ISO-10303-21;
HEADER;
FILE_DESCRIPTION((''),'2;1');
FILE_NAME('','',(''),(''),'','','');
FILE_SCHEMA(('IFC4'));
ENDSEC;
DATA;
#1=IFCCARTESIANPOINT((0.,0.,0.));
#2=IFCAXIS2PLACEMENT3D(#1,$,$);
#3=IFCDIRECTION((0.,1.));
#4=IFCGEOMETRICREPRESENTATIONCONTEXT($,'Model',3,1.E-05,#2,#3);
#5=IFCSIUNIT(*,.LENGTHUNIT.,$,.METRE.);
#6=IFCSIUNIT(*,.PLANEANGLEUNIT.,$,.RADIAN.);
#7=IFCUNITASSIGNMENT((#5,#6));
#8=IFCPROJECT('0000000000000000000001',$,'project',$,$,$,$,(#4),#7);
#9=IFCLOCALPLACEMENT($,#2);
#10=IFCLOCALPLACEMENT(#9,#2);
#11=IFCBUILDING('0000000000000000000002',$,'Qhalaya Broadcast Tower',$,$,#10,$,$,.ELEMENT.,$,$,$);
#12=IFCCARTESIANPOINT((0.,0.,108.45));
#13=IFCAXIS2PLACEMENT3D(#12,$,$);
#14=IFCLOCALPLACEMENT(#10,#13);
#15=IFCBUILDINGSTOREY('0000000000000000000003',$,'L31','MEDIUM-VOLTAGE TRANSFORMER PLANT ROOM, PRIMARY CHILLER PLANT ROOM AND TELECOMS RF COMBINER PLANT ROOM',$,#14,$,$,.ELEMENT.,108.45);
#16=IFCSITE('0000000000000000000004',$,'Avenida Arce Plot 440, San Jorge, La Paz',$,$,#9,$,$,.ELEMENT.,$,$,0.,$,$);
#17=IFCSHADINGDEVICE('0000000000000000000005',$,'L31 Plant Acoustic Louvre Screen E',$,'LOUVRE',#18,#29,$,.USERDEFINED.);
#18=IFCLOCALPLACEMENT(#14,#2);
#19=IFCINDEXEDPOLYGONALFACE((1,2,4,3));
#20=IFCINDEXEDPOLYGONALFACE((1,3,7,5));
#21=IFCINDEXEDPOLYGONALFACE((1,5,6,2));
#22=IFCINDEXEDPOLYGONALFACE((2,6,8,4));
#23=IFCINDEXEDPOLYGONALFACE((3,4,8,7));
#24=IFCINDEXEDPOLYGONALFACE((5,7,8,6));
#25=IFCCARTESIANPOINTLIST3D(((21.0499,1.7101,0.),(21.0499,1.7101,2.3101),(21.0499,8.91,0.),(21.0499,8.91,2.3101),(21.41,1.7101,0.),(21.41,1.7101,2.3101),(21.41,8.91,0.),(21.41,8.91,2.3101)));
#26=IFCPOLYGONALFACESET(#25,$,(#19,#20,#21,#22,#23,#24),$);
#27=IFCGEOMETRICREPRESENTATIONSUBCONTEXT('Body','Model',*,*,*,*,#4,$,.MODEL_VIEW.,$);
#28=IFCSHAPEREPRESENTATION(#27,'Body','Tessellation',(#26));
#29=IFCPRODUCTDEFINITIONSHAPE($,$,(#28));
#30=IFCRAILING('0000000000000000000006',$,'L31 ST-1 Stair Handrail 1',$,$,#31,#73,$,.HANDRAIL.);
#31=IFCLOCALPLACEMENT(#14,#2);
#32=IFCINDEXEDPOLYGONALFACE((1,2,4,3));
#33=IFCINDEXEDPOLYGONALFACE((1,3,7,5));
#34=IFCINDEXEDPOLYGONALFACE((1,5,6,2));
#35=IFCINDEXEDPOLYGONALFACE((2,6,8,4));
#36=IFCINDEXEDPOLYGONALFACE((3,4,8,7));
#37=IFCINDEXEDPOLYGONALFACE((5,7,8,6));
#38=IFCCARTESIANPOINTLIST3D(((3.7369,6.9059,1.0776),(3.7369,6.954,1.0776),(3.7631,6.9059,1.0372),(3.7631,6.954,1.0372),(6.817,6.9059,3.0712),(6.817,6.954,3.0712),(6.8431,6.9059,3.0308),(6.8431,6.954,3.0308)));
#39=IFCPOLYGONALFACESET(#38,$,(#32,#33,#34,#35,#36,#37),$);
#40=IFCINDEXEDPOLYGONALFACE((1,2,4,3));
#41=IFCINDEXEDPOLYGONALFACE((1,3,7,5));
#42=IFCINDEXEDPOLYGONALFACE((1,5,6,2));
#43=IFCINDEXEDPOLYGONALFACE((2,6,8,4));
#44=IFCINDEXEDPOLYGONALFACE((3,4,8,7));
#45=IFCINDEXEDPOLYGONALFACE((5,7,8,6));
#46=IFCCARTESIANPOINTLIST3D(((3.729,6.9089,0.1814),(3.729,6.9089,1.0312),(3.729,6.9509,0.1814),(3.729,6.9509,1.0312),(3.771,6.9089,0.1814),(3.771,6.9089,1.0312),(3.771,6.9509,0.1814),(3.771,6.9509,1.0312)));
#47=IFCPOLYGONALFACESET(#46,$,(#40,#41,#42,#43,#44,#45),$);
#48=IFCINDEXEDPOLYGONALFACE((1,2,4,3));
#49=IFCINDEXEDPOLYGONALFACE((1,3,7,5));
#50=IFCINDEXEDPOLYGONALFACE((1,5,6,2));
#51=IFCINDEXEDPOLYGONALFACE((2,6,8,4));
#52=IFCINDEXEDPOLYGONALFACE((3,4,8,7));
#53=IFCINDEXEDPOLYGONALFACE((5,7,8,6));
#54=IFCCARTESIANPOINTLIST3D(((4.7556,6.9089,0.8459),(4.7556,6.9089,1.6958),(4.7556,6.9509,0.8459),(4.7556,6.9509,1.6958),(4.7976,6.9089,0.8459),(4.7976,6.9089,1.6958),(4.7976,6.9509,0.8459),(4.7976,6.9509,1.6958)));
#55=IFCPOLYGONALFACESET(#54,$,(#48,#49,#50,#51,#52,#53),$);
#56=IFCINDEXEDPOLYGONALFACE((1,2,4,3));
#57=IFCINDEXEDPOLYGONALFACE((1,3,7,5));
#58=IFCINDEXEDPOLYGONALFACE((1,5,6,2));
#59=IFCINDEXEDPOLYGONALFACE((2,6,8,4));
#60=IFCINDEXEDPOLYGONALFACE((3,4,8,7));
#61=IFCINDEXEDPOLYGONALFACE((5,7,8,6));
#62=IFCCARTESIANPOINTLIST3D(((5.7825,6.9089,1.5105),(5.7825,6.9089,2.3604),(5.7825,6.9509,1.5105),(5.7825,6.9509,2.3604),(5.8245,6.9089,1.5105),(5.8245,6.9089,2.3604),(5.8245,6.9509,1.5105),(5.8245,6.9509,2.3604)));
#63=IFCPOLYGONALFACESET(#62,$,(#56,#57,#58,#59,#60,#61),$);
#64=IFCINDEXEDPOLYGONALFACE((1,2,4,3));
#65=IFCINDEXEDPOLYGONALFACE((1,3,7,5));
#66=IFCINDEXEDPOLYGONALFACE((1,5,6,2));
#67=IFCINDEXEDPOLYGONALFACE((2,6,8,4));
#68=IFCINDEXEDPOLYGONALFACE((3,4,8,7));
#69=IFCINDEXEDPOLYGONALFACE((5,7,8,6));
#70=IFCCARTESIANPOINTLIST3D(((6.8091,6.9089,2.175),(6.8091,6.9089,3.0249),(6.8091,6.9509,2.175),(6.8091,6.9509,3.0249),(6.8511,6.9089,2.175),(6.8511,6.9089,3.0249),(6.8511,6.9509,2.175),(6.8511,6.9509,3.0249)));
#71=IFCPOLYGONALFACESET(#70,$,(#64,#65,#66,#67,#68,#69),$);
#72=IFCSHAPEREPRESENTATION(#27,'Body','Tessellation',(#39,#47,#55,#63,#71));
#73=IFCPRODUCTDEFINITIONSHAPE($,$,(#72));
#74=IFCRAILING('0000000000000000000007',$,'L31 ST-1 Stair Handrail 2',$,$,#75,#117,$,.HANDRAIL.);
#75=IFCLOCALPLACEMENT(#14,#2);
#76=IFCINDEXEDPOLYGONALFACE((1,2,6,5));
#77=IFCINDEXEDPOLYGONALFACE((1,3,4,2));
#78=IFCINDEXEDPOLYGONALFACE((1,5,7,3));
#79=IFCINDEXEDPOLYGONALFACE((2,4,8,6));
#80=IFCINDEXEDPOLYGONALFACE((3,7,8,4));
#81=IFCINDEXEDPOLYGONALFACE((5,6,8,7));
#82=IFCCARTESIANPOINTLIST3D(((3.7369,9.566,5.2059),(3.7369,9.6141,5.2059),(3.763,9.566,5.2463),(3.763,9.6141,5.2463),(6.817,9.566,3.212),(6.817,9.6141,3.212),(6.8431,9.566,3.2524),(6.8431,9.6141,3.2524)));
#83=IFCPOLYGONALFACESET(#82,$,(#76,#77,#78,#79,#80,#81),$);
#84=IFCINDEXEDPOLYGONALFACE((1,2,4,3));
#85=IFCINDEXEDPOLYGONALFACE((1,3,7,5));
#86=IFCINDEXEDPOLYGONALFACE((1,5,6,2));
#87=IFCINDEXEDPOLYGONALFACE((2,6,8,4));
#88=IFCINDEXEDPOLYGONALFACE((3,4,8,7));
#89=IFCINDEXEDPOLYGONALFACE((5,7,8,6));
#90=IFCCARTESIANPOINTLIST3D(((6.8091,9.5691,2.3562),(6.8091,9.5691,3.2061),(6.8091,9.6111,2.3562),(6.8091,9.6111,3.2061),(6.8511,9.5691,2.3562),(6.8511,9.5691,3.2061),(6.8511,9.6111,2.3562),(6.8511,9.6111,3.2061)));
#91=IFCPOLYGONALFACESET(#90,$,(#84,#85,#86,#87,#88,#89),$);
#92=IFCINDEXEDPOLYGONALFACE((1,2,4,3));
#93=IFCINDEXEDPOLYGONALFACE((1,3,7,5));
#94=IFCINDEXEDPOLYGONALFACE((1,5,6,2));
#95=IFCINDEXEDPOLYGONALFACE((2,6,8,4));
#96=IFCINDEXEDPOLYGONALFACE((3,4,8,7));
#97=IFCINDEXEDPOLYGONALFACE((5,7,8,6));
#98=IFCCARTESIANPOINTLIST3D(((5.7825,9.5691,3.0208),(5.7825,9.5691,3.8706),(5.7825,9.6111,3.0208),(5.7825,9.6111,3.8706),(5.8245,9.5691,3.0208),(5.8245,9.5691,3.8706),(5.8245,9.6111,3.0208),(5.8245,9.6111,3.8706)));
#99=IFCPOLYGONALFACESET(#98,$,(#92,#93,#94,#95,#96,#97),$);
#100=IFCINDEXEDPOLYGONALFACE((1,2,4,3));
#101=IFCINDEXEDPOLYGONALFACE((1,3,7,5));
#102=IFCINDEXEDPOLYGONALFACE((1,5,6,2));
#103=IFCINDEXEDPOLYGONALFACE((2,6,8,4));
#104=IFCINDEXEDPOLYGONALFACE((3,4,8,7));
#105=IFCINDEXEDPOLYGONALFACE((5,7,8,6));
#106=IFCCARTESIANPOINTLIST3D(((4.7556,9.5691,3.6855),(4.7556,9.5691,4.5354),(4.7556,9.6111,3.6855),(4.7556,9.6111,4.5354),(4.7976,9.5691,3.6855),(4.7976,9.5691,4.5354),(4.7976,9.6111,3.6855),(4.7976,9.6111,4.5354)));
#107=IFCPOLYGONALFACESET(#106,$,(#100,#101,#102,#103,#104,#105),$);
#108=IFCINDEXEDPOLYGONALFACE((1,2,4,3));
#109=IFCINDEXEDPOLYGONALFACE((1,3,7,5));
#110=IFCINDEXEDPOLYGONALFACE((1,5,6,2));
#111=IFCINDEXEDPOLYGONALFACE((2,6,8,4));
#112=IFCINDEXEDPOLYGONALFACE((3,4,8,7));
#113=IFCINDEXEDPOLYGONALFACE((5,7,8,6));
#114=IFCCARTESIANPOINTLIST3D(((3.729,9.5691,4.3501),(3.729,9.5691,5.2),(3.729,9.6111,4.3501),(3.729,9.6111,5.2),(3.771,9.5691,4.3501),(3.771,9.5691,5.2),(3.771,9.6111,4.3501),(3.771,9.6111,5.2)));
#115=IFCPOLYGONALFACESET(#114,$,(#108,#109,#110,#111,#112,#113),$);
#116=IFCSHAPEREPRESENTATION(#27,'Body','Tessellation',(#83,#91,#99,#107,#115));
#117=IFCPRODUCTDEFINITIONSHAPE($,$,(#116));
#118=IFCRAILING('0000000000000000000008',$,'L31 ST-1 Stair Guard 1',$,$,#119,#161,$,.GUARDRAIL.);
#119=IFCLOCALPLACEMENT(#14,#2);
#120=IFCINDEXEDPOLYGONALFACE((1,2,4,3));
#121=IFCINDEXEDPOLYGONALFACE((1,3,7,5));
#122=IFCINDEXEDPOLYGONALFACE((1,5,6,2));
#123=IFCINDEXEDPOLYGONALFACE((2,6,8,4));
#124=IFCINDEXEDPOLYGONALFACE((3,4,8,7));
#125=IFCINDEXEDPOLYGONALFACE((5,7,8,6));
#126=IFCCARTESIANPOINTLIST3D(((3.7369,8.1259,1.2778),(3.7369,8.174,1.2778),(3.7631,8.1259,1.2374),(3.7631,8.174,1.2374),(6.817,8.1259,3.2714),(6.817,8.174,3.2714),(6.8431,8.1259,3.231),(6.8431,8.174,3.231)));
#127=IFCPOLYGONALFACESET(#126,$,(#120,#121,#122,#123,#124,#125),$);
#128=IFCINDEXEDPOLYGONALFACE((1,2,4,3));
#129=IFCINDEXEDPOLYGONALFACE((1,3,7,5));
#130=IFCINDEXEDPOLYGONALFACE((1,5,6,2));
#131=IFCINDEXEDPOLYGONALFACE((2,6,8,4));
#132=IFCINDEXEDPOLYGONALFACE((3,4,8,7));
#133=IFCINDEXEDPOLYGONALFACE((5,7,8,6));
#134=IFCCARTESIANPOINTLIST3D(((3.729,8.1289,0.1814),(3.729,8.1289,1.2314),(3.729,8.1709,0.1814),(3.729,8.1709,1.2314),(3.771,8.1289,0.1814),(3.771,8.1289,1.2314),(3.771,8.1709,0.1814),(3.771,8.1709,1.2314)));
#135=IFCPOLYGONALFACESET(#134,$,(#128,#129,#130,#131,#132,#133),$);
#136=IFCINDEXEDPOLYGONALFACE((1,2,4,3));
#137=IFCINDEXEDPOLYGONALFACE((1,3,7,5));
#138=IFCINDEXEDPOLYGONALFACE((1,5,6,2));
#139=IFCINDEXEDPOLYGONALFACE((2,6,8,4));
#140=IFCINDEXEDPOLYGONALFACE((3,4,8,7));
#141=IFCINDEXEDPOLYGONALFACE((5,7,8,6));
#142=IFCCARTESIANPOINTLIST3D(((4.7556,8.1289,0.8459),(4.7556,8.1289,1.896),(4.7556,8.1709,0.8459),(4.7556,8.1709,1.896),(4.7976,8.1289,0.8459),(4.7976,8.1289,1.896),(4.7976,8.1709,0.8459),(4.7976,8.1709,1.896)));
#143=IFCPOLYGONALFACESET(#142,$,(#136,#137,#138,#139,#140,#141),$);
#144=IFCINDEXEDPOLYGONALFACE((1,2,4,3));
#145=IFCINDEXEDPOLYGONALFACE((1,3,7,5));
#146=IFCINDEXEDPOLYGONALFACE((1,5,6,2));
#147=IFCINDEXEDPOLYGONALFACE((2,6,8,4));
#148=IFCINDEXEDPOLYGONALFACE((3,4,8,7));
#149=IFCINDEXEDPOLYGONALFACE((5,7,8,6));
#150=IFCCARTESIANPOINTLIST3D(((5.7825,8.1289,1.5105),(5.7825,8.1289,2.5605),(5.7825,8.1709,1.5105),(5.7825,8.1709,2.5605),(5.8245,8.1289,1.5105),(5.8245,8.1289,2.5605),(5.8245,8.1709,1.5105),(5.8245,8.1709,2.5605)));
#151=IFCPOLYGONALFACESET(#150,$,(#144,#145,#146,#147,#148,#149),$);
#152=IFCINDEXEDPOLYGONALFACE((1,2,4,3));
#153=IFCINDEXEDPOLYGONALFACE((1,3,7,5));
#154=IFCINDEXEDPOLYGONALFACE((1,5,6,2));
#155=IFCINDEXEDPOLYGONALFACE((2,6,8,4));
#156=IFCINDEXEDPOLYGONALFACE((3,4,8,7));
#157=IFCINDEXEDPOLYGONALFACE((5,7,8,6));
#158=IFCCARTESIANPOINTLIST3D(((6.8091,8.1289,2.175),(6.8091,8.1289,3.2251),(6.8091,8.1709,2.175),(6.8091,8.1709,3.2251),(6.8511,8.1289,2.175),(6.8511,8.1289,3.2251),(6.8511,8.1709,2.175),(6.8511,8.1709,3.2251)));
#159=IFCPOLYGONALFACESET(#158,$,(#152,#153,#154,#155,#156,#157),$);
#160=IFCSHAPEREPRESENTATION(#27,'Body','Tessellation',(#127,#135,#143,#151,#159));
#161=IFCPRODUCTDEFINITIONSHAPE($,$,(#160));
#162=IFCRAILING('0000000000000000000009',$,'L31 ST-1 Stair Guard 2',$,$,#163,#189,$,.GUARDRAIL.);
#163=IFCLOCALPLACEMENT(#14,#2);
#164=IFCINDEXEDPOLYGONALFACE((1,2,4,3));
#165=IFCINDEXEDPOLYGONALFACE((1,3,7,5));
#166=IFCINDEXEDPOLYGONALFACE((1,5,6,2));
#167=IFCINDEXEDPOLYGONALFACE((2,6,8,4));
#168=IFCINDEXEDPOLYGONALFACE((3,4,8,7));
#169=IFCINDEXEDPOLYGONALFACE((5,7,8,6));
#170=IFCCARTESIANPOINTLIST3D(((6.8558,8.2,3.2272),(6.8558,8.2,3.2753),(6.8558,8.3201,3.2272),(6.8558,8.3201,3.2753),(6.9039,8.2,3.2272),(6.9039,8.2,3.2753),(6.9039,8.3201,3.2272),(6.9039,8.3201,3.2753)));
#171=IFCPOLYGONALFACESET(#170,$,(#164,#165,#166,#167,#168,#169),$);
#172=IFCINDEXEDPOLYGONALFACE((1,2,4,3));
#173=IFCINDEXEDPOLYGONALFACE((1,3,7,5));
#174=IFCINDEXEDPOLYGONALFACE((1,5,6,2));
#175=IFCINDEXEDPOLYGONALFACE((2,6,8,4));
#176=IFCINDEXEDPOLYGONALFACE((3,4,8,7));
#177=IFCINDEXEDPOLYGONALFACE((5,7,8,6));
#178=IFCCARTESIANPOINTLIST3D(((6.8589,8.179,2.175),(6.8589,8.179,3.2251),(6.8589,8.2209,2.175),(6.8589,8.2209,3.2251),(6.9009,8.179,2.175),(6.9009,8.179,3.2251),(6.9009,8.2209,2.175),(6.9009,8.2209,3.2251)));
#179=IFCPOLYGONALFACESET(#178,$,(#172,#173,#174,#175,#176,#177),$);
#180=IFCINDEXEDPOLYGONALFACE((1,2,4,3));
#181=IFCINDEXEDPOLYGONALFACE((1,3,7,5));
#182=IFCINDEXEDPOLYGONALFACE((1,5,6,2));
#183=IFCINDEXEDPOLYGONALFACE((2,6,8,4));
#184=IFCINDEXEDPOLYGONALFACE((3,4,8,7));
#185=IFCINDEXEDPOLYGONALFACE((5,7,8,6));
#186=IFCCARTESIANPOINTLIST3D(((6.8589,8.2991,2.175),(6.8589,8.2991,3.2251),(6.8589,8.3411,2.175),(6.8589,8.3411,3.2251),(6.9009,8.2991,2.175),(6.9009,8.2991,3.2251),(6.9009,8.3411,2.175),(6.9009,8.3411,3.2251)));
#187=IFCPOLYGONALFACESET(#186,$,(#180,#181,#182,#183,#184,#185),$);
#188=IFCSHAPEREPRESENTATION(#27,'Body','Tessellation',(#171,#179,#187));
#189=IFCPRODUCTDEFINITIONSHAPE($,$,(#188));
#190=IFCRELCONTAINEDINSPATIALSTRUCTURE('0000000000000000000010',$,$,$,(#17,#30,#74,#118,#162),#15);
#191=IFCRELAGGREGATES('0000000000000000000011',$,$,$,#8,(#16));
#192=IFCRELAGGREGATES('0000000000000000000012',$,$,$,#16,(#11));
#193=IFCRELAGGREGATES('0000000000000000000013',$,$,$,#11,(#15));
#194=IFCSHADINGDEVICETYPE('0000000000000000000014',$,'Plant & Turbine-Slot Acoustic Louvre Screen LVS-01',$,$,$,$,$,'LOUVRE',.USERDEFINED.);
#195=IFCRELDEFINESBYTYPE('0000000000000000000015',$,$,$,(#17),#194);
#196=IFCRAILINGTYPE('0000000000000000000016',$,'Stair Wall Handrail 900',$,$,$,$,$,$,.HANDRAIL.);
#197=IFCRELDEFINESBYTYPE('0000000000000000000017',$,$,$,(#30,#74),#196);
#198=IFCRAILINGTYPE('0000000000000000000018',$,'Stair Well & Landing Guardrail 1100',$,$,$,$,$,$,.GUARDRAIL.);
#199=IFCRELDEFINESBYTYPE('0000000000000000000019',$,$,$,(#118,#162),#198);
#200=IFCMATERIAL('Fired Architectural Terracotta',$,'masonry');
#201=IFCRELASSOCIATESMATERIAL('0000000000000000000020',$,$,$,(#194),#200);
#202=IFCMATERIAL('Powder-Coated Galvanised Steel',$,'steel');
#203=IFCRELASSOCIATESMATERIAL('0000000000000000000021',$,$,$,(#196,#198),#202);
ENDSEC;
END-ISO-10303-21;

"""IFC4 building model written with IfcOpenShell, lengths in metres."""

from ifc_helpers import new_model, si_unit, direction, frame, origin, origin_2d, place, context, subcontext, project, spatial, rectangle, extrude, material, type_object, element, save


model = new_model("IFC4")

# Units and contexts
model_context = context("Model", 3, precision=1e-05, world=origin(), true_north=direction((0.0, 1.0)))
body_context = subcontext(model_context, "Body", "Model", "MODEL_VIEW")
ifc_project = project(units=[si_unit("LENGTHUNIT", "METRE"), si_unit("PLANEANGLEUNIT", "RADIAN")], contexts=[model_context])

# Site, building, storey
site_placement = place(None, origin())
site = spatial("IfcSite", under=ifc_project, at=site_placement, Name="Avenida Arce Plot 440, San Jorge, La Paz", CompositionType="ELEMENT", RefElevation=0.0)
building_placement = place(site_placement, origin())
building = spatial("IfcBuilding", under=site, at=building_placement, Name="Qhalaya Broadcast Tower", CompositionType="ELEMENT")
storey_placement = place(building_placement, frame((0.0, 0.0, 108.45)))
storey = spatial("IfcBuildingStorey", under=building, at=storey_placement, Name="L31", Description="MEDIUM-VOLTAGE TRANSFORMER PLANT ROOM, PRIMARY CHILLER PLANT ROOM AND TELECOMS RF COMBINER PLANT ROOM", CompositionType="ELEMENT", Elevation=108.45)

# Shading device
ifc_material_1 = material(Name="Fired Architectural Terracotta", Category="masonry")
shading_device_type = type_object("IfcShadingDeviceType", Name="Plant & Turbine-Slot Acoustic Louvre Screen LVS-01", ElementType="LOUVRE", PredefinedType="USERDEFINED", material=ifc_material_1)
shading_device_placement = place(storey_placement, frame((21.23, 5.3101, 0.0), z_axis=(0.0, 0.0, 1.0), x_axis=(0.0, -1.0, 0.0)))
element("IfcShadingDevice", 1, at=shading_device_placement, inside=storey, type_object=shading_device_type, Name="L31 Plant Acoustic Louvre Screen E", ObjectType="LOUVRE", PredefinedType="USERDEFINED", context=body_context, shape_type="SweptSolid", body=[
    extrude(rectangle(XDim=7.2, YDim=0.3601, at=origin_2d()), origin(), (0.0, 0.0, 1.0), 2.3101),
])

# Railings
ifc_material_2 = material(Name="Powder-Coated Galvanised Steel", Category="steel")
railing_type_1 = type_object("IfcRailingType", Name="Stair Wall Handrail 900", PredefinedType="HANDRAIL", material=ifc_material_2)
railing_1_placement = place(storey_placement, frame((3.75, 6.9299, 0.1814)))
element("IfcRailing", 2, at=railing_1_placement, inside=storey, type_object=railing_type_1, Name="L31 ST-1 Stair Handrail 1", PredefinedType="HANDRAIL", context=body_context, shape_type="SweptSolid", body=[
    extrude(rectangle(XDim=0.0481, YDim=0.0481, at=origin_2d()), frame((0.0, 0.0, 0.876), z_axis=(0.839488, 0.0, 0.543378), x_axis=(0.0, 1.0, 0.0)), (0.0, 0.0, 1.0), 3.6689),
    extrude(rectangle(XDim=0.042, YDim=0.042, at=origin_2d()), origin(), (0.0, 0.0, 1.0), 0.8499),
    extrude(rectangle(XDim=0.042, YDim=0.042, at=origin_2d()), frame((1.0266, 0.0, 0.6646)), (0.0, 0.0, 1.0), 0.8499),
    extrude(rectangle(XDim=0.042, YDim=0.042, at=origin_2d()), frame((2.0535, 0.0, 1.3291)), (0.0, 0.0, 1.0), 0.8499),
    extrude(rectangle(XDim=0.042, YDim=0.042, at=origin_2d()), frame((3.0801, 0.0, 1.9937)), (0.0, 0.0, 1.0), 0.8499),
])
railing_2_placement = place(storey_placement, frame((6.8301, 9.5901, 2.3562)))
element("IfcRailing", 3, at=railing_2_placement, inside=storey, type_object=railing_type_1, Name="L31 ST-1 Stair Handrail 2", PredefinedType="HANDRAIL", context=body_context, shape_type="SweptSolid", body=[
    extrude(rectangle(XDim=0.0481, YDim=0.0481, at=origin_2d()), frame((0.0, 0.0, 0.876), z_axis=(-0.839458, 0.0, 0.543425), x_axis=(0.0, -1.0, 0.0)), (0.0, 0.0, 1.0), 3.6692),
    extrude(rectangle(XDim=0.042, YDim=0.042, at=origin_2d()), origin(), (0.0, 0.0, 1.0), 0.8499),
    extrude(rectangle(XDim=0.042, YDim=0.042, at=origin_2d()), frame((-1.0266, 0.0, 0.6646)), (0.0, 0.0, 1.0), 0.8499),
    extrude(rectangle(XDim=0.042, YDim=0.042, at=origin_2d()), frame((-2.0535, 0.0, 1.3293)), (0.0, 0.0, 1.0), 0.8499),
    extrude(rectangle(XDim=0.042, YDim=0.042, at=origin_2d()), frame((-3.0801, 0.0, 1.9939)), (0.0, 0.0, 1.0), 0.8499),
])
railing_type_2 = type_object("IfcRailingType", Name="Stair Well & Landing Guardrail 1100", PredefinedType="GUARDRAIL", material=ifc_material_2)
railing_3_placement = place(storey_placement, frame((3.75, 8.1499, 0.1814)))
element("IfcRailing", 4, at=railing_3_placement, inside=storey, type_object=railing_type_2, Name="L31 ST-1 Stair Guard 1", PredefinedType="GUARDRAIL", context=body_context, shape_type="SweptSolid", body=[
    extrude(rectangle(XDim=0.0481, YDim=0.0481, at=origin_2d()), frame((0.0, 0.0, 1.0762), z_axis=(0.839488, 0.0, 0.543378), x_axis=(0.0, 1.0, 0.0)), (0.0, 0.0, 1.0), 3.6689),
    extrude(rectangle(XDim=0.042, YDim=0.042, at=origin_2d()), origin(), (0.0, 0.0, 1.0), 1.05),
    extrude(rectangle(XDim=0.042, YDim=0.042, at=origin_2d()), frame((1.0266, 0.0, 0.6646)), (0.0, 0.0, 1.0), 1.05),
    extrude(rectangle(XDim=0.042, YDim=0.042, at=origin_2d()), frame((2.0535, 0.0, 1.3291)), (0.0, 0.0, 1.0), 1.05),
    extrude(rectangle(XDim=0.042, YDim=0.042, at=origin_2d()), frame((3.0801, 0.0, 1.9937)), (0.0, 0.0, 1.0), 1.05),
])
railing_4_placement = place(storey_placement, frame((6.8799, 8.2, 2.175)))
element("IfcRailing", 5, at=railing_4_placement, inside=storey, type_object=railing_type_2, Name="L31 ST-1 Stair Guard 2", PredefinedType="GUARDRAIL", context=body_context, shape_type="SweptSolid", body=[
    extrude(rectangle(XDim=0.0481, YDim=0.0481, at=origin_2d()), frame((0.0, 0.0, 1.0762), z_axis=(0.0, 1.0, 0.0), x_axis=(-1.0, 0.0, 0.0)), (0.0, 0.0, 1.0), 0.1201),
    extrude(rectangle(XDim=0.042, YDim=0.042, at=origin_2d()), origin(), (0.0, 0.0, 1.0), 1.05),
    extrude(rectangle(XDim=0.042, YDim=0.042, at=origin_2d()), frame((0.0, 0.1201, 0.0)), (0.0, 0.0, 1.0), 1.05),
])

save(model, "model.ifc")
